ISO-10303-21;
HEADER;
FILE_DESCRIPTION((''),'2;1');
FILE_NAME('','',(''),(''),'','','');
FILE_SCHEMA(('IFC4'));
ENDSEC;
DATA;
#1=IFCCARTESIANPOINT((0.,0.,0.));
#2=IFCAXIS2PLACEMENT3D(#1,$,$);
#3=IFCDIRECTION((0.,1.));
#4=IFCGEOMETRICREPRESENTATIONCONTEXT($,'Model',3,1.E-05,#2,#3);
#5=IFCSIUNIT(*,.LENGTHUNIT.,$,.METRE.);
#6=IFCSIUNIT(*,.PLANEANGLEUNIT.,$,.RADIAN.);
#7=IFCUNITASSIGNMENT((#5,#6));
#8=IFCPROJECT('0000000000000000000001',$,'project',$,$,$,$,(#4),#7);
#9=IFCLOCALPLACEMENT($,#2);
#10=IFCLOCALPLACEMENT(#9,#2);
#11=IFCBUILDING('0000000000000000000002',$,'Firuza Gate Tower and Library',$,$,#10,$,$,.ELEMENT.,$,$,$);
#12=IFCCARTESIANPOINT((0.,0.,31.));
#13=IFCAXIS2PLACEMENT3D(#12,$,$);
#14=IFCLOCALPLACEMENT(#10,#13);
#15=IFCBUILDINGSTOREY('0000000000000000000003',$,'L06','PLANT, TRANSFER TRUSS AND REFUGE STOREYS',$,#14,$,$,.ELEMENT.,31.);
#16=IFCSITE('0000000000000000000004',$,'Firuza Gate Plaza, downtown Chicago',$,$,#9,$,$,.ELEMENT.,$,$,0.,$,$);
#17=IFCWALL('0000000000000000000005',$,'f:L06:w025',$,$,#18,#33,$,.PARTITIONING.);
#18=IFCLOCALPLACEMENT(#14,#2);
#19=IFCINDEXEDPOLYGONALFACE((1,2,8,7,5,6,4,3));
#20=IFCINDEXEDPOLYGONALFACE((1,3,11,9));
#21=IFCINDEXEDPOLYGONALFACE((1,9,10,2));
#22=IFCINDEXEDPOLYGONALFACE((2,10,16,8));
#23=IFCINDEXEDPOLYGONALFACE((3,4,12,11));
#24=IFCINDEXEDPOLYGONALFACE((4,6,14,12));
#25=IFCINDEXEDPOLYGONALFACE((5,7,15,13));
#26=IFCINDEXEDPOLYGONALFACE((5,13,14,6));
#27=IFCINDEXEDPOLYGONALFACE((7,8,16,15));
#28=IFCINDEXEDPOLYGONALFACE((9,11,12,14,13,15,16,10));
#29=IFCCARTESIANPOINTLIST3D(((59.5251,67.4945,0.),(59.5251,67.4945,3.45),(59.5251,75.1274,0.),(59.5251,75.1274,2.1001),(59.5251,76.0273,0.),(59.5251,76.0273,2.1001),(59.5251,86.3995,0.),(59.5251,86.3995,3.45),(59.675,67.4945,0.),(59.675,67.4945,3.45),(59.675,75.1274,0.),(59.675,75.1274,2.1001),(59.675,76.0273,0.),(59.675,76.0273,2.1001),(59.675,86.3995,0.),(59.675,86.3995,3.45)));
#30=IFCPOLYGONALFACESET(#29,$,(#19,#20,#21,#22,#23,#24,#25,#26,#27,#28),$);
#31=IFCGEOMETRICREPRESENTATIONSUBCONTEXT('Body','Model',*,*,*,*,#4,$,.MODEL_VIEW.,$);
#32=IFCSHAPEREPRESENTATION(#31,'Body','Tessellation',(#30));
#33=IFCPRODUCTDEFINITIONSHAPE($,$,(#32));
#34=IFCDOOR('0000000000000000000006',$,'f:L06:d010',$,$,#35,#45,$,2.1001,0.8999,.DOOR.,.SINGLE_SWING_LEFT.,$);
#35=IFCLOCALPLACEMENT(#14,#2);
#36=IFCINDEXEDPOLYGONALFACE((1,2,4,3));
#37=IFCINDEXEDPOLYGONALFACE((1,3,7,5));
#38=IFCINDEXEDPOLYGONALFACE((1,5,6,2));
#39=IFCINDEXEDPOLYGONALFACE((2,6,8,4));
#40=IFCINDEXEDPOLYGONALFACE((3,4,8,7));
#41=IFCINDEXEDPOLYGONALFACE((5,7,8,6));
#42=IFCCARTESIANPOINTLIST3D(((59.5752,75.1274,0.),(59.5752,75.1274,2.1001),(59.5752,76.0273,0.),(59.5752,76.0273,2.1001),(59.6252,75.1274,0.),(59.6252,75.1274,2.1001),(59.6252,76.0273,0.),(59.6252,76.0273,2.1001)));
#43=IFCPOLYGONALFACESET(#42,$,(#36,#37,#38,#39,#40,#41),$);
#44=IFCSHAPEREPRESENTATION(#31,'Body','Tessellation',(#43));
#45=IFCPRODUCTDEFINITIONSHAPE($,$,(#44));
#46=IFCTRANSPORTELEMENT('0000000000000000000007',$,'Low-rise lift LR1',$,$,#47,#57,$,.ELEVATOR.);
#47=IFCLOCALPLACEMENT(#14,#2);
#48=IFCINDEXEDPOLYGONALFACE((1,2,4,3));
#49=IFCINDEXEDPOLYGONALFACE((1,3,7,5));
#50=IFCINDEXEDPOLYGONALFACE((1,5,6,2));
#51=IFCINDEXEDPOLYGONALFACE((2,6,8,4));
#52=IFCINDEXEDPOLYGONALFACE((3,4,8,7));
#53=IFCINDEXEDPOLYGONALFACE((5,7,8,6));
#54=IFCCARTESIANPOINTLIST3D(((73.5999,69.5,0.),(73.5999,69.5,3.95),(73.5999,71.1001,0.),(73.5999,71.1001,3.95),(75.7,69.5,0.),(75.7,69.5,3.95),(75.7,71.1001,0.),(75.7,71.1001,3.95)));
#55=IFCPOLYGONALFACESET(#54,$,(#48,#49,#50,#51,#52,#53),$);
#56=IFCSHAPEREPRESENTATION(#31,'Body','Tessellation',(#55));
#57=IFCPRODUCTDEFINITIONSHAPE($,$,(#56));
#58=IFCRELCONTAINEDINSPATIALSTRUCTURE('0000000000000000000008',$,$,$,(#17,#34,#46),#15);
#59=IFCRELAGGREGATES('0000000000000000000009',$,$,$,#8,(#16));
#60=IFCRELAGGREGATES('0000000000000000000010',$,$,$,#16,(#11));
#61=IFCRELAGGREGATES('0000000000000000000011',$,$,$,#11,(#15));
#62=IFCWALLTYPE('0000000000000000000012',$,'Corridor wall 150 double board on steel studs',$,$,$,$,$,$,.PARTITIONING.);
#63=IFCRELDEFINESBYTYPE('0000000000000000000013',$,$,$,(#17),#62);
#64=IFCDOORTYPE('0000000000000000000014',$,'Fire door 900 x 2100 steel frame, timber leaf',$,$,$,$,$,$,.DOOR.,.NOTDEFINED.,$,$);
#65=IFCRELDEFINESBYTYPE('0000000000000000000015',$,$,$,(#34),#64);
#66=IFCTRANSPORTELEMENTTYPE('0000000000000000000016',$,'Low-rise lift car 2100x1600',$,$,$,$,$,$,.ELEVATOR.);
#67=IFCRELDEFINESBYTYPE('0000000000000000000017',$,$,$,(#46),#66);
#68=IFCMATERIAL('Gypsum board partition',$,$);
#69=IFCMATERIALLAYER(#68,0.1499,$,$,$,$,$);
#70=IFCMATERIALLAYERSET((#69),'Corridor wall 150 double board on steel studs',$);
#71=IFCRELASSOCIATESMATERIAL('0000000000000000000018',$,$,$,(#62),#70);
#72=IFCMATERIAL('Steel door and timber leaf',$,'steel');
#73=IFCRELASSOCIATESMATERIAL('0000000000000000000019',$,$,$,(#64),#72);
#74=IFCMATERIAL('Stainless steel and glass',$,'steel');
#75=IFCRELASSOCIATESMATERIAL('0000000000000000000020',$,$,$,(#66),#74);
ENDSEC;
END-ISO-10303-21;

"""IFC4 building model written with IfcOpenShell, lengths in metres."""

from ifc_helpers import new_model, si_unit, direction, frame, frame_2d, origin, origin_2d, place, context, subcontext, project, spatial, rectangle, extrude, material, layer, layer_set, type_object, element, fill, save


model = new_model("IFC4")

# Units and contexts
model_context = context("Model", 3, precision=1e-05, world=origin(), true_north=direction((0.0, 1.0)))
body_context = subcontext(model_context, "Body", "Model", "MODEL_VIEW")
ifc_project = project(units=[si_unit("LENGTHUNIT", "METRE"), si_unit("PLANEANGLEUNIT", "RADIAN")], contexts=[model_context])

# Site, building, storey
site_placement = place(None, origin())
site = spatial("IfcSite", under=ifc_project, at=site_placement, Name="Firuza Gate Plaza, downtown Chicago", CompositionType="ELEMENT", RefElevation=0.0)
building_placement = place(site_placement, origin())
building = spatial("IfcBuilding", under=site, at=building_placement, Name="Firuza Gate Tower and Library", CompositionType="ELEMENT")
storey_placement = place(building_placement, frame((0.0, 0.0, 31.0)))
storey = spatial("IfcBuildingStorey", under=building, at=storey_placement, Name="L06", Description="PLANT, TRANSFER TRUSS AND REFUGE STOREYS", CompositionType="ELEMENT", Elevation=31.0)

# Wall, opening, door
ifc_material_1 = material(Name="Gypsum board partition")
ifc_layer_1 = layer(ifc_material_1, 0.1499)
ifc_layer_set_1 = layer_set([ifc_layer_1], Name="Corridor wall 150 double board on steel studs")
wall_type_1 = type_object("IfcWallType", Name="Corridor wall 150 double board on steel studs", PredefinedType="PARTITIONING", material=ifc_layer_set_1)
wall_1_placement = place(storey_placement, frame((59.6001, 67.4944, 0.0), z_axis=(0.0, 0.0, 1.0), x_axis=(0.0, 1.0, 0.0)))
wall_1 = element("IfcWall", 1, at=wall_1_placement, inside=storey, type_object=wall_type_1, Name="f:L06:w025", PredefinedType="PARTITIONING", context=body_context, shape_type="SweptSolid", body=[
    extrude(rectangle(XDim=18.905, YDim=0.1499, at=frame_2d((9.4526, 0.0))), origin(), (0.0, 0.0, 1.0), 3.45),
])
opening_1_placement = place(wall_1_placement, frame((7.6331, 0.0, 0.0)))
opening_1 = element("IfcOpeningElement", 2, at=opening_1_placement, cuts=wall_1, PredefinedType="OPENING", context=body_context, shape_type="SweptSolid", body=[
    extrude(rectangle(XDim=0.8999, YDim=2.1001, at=frame_2d((0.45, 1.05))), frame((0.0, 0.085, 0.0), z_axis=(0.0, -1.0, 0.0), x_axis=(1.0, 0.0, 0.0)), (0.0, 0.0, 1.0), 0.1699),
])
ifc_material_2 = material(Name="Steel door and timber leaf", Category="steel")
door_type_1 = type_object("IfcDoorType", Name="Fire door 900 x 2100 steel frame, timber leaf", OperationType="NOTDEFINED", PredefinedType="DOOR", material=ifc_material_2)
door_1_placement = place(opening_1_placement, origin())
door_1 = element("IfcDoor", 3, at=door_1_placement, inside=storey, type_object=door_type_1, Name="f:L06:d010", OperationType="SINGLE_SWING_LEFT", OverallHeight=2.1001, OverallWidth=0.8999, PredefinedType="DOOR", context=body_context, shape_type="SweptSolid", body=[
    extrude(rectangle(XDim=0.8999, YDim=2.1001, at=frame_2d((0.45, 1.05))), frame((0.0, 0.0249, 0.0), z_axis=(0.0, -1.0, 0.0), x_axis=(1.0, 0.0, 0.0)), (0.0, 0.0, 1.0), 0.05),
])
fill(opening_1, door_1)

# Transport element
ifc_material_3 = material(Name="Stainless steel and glass", Category="steel")
transport_element_type = type_object("IfcTransportElementType", Name="Low-rise lift car 2100x1600", PredefinedType="ELEVATOR", material=ifc_material_3)
transport_element_placement = place(storey_placement, frame((74.6499, 70.3, 0.0), z_axis=(0.0, 0.0, 1.0), x_axis=(1.0, 0.0, 0.0)))
element("IfcTransportElement", 4, at=transport_element_placement, inside=storey, type_object=transport_element_type, Name="Low-rise lift LR1", PredefinedType="ELEVATOR", context=body_context, shape_type="SweptSolid", body=[
    extrude(rectangle(XDim=2.1001, YDim=1.6001, at=origin_2d()), origin(), (0.0, 0.0, 1.0), 3.95),
])

save(model, "model.ifc")
